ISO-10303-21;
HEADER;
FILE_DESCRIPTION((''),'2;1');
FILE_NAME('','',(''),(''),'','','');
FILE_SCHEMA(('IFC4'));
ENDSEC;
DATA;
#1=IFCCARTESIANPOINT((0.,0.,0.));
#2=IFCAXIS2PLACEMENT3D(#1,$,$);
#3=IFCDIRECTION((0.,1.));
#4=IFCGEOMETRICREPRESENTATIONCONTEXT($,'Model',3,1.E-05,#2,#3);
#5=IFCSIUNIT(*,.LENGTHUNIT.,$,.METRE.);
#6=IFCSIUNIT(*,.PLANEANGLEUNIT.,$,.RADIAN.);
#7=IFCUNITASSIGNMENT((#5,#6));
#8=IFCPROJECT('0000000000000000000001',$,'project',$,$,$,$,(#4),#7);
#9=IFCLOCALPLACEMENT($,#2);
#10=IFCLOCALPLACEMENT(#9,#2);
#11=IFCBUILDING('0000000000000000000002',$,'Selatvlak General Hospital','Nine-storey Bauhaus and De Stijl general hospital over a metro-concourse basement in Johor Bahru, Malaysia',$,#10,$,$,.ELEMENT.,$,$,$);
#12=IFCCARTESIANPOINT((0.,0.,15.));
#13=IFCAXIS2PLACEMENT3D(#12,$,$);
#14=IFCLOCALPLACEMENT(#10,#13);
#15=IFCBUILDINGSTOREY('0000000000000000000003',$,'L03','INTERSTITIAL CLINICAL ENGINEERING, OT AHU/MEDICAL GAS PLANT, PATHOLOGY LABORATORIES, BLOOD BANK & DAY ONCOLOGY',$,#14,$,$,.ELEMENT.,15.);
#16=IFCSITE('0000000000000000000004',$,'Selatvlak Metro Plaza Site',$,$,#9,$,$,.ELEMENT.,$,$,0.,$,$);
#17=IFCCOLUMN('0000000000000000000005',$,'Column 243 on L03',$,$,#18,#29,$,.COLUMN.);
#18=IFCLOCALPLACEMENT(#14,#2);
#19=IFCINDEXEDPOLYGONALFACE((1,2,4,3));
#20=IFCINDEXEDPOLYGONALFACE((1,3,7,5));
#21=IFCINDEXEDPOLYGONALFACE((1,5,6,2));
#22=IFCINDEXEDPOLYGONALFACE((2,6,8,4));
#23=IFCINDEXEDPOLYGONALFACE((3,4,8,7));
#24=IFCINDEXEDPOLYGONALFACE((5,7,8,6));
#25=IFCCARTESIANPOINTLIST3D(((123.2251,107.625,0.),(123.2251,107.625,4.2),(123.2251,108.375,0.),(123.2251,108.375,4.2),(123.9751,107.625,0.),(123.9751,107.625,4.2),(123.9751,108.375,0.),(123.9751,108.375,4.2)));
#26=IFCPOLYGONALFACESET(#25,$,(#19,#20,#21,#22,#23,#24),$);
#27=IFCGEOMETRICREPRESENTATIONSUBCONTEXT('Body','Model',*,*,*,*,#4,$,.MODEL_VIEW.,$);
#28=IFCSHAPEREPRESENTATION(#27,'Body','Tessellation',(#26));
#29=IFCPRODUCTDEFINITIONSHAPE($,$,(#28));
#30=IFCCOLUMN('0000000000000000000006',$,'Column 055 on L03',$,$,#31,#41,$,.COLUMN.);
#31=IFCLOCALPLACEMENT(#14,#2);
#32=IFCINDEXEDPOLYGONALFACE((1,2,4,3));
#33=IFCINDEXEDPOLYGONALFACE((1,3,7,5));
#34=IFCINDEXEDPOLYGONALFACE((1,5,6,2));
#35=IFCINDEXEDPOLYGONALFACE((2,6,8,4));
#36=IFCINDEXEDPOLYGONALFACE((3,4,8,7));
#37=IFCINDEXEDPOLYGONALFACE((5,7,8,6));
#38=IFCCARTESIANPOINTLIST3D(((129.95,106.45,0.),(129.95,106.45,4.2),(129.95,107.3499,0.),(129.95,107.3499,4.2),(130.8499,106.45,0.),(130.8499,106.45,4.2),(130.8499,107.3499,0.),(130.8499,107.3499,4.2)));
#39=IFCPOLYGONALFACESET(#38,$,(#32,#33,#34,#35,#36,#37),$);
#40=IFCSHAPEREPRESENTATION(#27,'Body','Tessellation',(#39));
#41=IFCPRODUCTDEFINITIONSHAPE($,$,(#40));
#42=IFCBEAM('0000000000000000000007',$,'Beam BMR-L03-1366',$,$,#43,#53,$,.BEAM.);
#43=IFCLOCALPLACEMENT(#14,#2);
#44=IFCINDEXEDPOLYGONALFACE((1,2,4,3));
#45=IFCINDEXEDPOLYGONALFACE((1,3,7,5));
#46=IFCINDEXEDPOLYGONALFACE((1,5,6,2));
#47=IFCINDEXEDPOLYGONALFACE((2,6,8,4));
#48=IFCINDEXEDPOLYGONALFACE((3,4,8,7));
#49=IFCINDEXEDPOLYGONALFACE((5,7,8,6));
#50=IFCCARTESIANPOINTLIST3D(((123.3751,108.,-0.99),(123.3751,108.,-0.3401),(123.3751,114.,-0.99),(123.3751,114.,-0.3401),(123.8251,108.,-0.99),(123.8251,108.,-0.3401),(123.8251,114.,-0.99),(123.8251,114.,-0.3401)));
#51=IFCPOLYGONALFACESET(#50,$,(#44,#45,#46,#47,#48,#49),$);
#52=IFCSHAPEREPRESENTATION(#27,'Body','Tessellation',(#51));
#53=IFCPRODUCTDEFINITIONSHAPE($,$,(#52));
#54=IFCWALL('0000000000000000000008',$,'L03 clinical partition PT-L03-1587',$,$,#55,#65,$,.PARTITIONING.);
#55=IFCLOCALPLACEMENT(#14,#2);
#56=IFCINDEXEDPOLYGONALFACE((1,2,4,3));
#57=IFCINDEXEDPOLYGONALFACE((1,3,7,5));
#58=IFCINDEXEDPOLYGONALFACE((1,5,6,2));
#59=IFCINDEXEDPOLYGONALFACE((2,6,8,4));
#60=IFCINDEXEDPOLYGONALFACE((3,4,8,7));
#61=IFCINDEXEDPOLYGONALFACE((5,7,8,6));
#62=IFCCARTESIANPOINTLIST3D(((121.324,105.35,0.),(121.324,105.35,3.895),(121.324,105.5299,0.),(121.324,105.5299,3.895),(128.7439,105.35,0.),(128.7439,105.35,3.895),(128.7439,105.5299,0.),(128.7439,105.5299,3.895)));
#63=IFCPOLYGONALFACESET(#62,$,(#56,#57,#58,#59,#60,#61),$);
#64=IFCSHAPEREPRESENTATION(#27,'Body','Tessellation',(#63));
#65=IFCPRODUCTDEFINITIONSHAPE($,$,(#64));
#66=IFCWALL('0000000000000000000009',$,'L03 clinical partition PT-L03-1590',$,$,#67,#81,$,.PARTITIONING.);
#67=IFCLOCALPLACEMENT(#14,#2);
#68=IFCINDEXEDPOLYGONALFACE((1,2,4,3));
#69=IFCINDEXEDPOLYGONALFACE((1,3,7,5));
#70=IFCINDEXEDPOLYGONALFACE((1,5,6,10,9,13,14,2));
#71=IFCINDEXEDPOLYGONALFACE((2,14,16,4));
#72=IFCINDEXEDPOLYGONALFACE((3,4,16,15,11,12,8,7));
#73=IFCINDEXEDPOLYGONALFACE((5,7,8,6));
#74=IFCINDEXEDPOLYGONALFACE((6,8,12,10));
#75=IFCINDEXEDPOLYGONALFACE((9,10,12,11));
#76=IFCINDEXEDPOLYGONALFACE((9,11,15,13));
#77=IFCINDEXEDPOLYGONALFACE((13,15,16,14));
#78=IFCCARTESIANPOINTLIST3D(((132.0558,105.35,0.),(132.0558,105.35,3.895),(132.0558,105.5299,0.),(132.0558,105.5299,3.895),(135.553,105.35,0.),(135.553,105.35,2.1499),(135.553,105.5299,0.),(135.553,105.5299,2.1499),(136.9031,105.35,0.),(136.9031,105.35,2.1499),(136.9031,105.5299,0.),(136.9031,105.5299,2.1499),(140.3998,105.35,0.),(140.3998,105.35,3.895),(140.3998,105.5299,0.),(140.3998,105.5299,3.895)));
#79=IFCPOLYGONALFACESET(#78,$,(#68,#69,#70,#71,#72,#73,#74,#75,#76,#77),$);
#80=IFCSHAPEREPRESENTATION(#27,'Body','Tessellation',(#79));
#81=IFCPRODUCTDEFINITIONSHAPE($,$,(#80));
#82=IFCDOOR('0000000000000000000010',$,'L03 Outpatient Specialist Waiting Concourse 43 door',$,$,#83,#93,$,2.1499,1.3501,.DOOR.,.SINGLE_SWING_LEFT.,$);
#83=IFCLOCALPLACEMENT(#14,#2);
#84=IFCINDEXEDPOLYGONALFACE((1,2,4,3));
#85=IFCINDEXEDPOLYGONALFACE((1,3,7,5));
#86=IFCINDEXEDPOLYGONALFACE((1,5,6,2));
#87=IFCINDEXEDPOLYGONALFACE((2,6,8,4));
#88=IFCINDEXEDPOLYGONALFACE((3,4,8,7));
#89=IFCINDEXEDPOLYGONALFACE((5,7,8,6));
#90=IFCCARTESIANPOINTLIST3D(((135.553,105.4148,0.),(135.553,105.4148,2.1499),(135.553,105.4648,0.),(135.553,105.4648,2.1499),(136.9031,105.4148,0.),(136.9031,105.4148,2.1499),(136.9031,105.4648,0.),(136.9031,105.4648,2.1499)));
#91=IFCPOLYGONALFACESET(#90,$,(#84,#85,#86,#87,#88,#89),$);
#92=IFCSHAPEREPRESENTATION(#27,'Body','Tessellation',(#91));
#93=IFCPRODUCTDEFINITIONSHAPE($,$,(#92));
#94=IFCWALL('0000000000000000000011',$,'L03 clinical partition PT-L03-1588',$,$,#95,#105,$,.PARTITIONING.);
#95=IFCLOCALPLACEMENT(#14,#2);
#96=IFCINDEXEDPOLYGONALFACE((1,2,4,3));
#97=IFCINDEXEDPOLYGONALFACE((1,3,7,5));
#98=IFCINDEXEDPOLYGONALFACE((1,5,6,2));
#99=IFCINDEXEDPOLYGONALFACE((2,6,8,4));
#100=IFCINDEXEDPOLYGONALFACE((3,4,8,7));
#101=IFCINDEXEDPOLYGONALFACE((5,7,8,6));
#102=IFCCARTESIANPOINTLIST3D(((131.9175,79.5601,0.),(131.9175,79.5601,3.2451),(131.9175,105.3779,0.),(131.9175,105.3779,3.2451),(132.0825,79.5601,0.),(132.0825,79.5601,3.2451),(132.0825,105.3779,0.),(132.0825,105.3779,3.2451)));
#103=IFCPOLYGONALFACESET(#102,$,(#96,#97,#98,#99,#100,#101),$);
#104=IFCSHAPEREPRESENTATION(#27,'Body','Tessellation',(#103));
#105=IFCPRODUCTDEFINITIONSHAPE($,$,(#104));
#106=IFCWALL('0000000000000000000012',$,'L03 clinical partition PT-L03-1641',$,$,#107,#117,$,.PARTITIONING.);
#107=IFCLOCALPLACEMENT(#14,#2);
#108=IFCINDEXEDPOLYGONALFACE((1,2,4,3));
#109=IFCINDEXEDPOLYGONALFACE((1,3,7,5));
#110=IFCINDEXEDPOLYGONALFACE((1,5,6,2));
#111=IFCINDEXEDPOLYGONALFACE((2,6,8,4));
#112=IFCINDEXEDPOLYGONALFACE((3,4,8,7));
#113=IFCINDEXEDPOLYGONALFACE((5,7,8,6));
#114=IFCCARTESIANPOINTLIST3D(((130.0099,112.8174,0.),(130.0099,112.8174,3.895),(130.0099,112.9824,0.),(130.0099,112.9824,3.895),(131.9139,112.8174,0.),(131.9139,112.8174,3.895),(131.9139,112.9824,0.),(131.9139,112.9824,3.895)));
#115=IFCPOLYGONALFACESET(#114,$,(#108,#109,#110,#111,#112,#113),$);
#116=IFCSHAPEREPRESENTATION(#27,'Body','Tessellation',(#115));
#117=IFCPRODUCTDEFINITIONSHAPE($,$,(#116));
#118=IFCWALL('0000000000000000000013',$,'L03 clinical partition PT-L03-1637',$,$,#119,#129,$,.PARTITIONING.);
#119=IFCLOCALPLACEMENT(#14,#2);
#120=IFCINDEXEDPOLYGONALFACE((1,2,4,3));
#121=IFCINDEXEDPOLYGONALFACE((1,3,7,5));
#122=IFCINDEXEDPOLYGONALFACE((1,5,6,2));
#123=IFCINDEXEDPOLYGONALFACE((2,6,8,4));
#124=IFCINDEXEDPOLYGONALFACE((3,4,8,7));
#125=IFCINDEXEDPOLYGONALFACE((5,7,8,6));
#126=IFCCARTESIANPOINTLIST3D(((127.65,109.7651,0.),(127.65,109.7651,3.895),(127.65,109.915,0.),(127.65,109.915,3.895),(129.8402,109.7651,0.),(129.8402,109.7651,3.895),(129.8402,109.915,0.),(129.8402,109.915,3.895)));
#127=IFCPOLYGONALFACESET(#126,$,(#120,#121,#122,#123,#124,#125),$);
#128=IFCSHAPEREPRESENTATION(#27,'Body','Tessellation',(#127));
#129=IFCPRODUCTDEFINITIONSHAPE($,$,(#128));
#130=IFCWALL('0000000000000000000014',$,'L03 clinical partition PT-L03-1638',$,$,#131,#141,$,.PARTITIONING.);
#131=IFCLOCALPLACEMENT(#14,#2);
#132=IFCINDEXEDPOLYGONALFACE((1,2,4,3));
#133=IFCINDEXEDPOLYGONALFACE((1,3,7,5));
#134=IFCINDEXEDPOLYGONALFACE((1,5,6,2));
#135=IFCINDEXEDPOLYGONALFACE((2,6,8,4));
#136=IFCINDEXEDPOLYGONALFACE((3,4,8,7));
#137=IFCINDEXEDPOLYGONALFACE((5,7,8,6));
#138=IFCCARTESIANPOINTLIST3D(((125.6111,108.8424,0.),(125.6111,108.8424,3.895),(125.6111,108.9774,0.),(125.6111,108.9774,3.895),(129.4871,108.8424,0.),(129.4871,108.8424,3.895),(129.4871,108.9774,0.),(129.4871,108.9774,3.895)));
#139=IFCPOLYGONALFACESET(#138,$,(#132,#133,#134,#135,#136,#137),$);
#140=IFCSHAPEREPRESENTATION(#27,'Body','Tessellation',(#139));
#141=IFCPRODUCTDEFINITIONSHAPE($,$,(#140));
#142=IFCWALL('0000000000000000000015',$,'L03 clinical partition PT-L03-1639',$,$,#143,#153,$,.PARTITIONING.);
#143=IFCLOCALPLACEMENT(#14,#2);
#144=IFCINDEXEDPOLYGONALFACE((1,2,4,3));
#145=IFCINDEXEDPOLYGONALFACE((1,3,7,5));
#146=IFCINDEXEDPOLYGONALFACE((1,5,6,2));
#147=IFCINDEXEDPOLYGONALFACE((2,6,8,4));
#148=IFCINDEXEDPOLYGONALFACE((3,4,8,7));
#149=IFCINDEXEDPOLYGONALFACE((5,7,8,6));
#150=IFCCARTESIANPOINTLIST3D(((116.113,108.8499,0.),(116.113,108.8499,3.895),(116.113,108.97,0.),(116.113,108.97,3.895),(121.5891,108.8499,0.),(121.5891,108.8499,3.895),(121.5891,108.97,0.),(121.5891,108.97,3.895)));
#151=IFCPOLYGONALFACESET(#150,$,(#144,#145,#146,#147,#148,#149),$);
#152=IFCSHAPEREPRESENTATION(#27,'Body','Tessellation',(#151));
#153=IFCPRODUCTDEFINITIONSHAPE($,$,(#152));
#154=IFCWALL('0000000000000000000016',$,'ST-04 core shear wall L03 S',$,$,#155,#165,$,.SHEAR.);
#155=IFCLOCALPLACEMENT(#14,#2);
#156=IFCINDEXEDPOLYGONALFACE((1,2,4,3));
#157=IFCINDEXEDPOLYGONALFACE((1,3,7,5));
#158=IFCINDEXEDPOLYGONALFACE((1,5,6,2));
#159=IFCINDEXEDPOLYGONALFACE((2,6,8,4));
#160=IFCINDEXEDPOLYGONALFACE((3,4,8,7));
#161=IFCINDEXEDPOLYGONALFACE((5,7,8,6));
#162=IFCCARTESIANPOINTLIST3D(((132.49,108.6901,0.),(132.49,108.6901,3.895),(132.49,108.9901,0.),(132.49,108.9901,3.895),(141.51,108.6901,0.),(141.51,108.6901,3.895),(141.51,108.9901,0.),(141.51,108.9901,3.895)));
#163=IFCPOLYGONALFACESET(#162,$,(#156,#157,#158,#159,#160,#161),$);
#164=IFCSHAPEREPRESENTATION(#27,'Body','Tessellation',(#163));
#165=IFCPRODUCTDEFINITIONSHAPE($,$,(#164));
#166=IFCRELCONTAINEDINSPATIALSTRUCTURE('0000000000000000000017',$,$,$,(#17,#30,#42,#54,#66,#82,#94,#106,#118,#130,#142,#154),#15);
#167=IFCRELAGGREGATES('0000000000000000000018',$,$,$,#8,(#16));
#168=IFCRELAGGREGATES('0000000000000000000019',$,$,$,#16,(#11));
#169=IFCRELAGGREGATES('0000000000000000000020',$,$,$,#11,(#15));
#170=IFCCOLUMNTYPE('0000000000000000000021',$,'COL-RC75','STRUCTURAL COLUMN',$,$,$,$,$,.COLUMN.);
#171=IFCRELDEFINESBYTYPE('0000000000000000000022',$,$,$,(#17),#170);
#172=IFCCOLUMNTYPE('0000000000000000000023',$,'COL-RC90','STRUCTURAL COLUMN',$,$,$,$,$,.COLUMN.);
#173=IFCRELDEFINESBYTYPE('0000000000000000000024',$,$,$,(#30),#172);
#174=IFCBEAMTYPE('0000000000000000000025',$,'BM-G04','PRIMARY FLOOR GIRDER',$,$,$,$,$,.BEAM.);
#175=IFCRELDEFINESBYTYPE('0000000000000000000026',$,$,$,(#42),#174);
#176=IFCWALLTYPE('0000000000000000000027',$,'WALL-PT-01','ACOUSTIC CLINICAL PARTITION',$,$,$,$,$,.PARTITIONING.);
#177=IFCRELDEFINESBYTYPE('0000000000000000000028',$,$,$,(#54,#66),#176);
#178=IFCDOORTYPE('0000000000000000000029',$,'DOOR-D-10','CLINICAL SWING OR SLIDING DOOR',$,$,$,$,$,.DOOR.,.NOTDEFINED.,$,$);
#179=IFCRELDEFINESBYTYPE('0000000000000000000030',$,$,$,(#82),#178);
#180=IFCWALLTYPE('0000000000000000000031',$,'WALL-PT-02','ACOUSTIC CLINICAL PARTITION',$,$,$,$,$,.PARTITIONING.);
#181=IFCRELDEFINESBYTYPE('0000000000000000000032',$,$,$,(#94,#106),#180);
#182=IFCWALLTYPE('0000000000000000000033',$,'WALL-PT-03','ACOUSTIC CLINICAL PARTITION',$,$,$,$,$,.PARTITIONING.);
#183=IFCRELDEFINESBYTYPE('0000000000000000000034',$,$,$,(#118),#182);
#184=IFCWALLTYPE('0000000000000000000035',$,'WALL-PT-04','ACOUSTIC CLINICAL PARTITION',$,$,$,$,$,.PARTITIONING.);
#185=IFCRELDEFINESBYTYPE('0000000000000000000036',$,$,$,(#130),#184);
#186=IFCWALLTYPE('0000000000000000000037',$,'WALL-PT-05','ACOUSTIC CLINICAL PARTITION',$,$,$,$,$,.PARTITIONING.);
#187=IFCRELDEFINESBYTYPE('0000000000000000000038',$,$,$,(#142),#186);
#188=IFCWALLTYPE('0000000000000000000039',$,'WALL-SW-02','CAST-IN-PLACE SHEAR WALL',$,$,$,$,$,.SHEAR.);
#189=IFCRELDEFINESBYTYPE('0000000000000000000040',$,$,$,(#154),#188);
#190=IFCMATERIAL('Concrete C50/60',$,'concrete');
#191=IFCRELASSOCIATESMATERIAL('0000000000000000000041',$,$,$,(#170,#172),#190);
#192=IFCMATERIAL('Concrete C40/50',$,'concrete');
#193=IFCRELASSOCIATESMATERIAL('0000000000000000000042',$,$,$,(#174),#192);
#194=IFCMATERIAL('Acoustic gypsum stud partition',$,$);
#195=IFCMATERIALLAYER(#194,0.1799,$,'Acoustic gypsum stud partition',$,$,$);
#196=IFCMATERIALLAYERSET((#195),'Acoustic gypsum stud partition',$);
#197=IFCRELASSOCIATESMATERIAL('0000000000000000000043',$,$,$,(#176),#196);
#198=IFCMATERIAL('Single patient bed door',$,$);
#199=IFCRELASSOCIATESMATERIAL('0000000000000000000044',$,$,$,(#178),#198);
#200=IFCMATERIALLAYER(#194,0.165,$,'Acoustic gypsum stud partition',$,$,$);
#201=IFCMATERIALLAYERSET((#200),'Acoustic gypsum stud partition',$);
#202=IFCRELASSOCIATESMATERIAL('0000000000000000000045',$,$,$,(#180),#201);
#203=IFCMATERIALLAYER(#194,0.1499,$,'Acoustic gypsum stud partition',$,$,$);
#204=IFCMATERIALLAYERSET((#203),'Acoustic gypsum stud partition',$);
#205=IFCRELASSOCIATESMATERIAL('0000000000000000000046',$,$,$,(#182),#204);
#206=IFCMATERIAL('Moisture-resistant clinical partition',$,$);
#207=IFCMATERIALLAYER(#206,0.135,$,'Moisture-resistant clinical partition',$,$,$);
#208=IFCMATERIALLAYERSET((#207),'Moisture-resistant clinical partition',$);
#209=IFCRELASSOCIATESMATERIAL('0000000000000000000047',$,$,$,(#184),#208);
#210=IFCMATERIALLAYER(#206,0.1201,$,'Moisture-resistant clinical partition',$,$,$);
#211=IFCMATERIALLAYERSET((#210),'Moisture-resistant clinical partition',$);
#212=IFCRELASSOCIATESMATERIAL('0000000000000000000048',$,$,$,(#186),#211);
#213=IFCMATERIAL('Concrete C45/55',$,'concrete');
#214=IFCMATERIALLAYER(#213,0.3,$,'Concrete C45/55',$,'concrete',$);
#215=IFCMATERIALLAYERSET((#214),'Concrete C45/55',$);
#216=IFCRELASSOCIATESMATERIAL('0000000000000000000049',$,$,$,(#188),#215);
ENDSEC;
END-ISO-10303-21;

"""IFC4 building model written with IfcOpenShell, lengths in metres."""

from ifc_helpers import new_model, si_unit, direction, frame, frame_2d, origin, origin_2d, place, context, subcontext, project, spatial, rectangle, extrude, material, layer, layer_set, material_profile, profile_set, type_object, element, fill, save


model = new_model("IFC4")

# Units and contexts
model_context = context("Model", 3, precision=1e-05, world=origin(), true_north=direction((0.0, 1.0)))
body_context = subcontext(model_context, "Body", "Model", "MODEL_VIEW")
ifc_project = project(units=[si_unit("LENGTHUNIT", "METRE"), si_unit("PLANEANGLEUNIT", "RADIAN")], contexts=[model_context])

# Site, building, storey
site_placement = place(None, origin())
site = spatial("IfcSite", under=ifc_project, at=site_placement, Name="Selatvlak Metro Plaza Site", CompositionType="ELEMENT", RefElevation=0.0)
building_placement = place(site_placement, origin())
building = spatial("IfcBuilding", under=site, at=building_placement, Name="Selatvlak General Hospital", Description="Nine-storey Bauhaus and De Stijl general hospital over a metro-concourse basement in Johor Bahru, Malaysia", CompositionType="ELEMENT")
storey_placement = place(building_placement, frame((0.0, 0.0, 15.0)))
storey = spatial("IfcBuildingStorey", under=building, at=storey_placement, Name="L03", Description="INTERSTITIAL CLINICAL ENGINEERING, OT AHU/MEDICAL GAS PLANT, PATHOLOGY LABORATORIES, BLOOD BANK & DAY ONCOLOGY", CompositionType="ELEMENT", Elevation=15.0)

# Columns
ifc_material_1 = material(Name="Concrete C50/60", Category="concrete")
ifc_material_profile_1 = material_profile(ifc_material_1, rectangle(XDim=0.75, YDim=0.75, at=origin_2d()), Name="RC-COL 750x750")
ifc_profile_set_1 = profile_set([ifc_material_profile_1], Name="Concrete C50/60")
column_type_1 = type_object("IfcColumnType", Name="COL-RC75", Description="STRUCTURAL COLUMN", PredefinedType="COLUMN", material=ifc_profile_set_1)
column_1_placement = place(storey_placement, frame((123.6001, 108.0, 0.0), z_axis=(0.0, 0.0, 1.0), x_axis=(1.0, 0.0, 0.0)))
element("IfcColumn", 1, at=column_1_placement, inside=storey, type_object=column_type_1, Name="Column 243 on L03", PredefinedType="COLUMN", context=body_context, shape_type="SweptSolid", body=[
    extrude(rectangle(XDim=0.75, YDim=0.75, at=origin_2d()), origin(), (0.0, 0.0, 1.0), 4.2),
])
ifc_material_profile_2 = material_profile(ifc_material_1, rectangle(XDim=0.8999, YDim=0.8999, at=origin_2d()), Name="RC-COL 900x900")
ifc_profile_set_2 = profile_set([ifc_material_profile_2], Name="Concrete C50/60")
column_type_2 = type_object("IfcColumnType", Name="COL-RC90", Description="STRUCTURAL COLUMN", PredefinedType="COLUMN", material=ifc_profile_set_2)
column_2_placement = place(storey_placement, frame((130.3999, 106.8999, 0.0), z_axis=(0.0, 0.0, 1.0), x_axis=(1.0, 0.0, 0.0)))
element("IfcColumn", 2, at=column_2_placement, inside=storey, type_object=column_type_2, Name="Column 055 on L03", PredefinedType="COLUMN", context=body_context, shape_type="SweptSolid", body=[
    extrude(rectangle(XDim=0.8999, YDim=0.8999, at=origin_2d()), origin(), (0.0, 0.0, 1.0), 4.2),
])

# Beam
ifc_material_2 = material(Name="Concrete C40/50", Category="concrete")
ifc_material_profile_3 = material_profile(ifc_material_2, rectangle(XDim=0.45, YDim=0.6499, at=origin_2d()), Name="RC-BM 450x650")
ifc_profile_set_3 = profile_set([ifc_material_profile_3], Name="Concrete C40/50")
beam_type = type_object("IfcBeamType", Name="BM-G04", Description="PRIMARY FLOOR GIRDER", PredefinedType="BEAM", material=ifc_profile_set_3)
beam_placement = place(storey_placement, frame((123.6001, 108.0, -0.665), z_axis=(0.0, 1.0, 0.0), x_axis=(-1.0, 0.0, 0.0)))
element("IfcBeam", 3, at=beam_placement, inside=storey, type_object=beam_type, Name="Beam BMR-L03-1366", PredefinedType="BEAM", context=body_context, shape_type="SweptSolid", body=[
    extrude(rectangle(XDim=0.45, YDim=0.6499, at=origin_2d()), origin(), (0.0, 0.0, 1.0), 6.0),
])

# Wall
ifc_material_3 = material(Name="Acoustic gypsum stud partition")
ifc_layer_1 = layer(ifc_material_3, 0.1799, Name="Acoustic gypsum stud partition")
ifc_layer_set_1 = layer_set([ifc_layer_1], Name="Acoustic gypsum stud partition")
wall_type_1 = type_object("IfcWallType", Name="WALL-PT-01", Description="ACOUSTIC CLINICAL PARTITION", PredefinedType="PARTITIONING", material=ifc_layer_set_1)
wall_1_placement = place(storey_placement, frame((121.324, 105.4399, 0.0), z_axis=(0.0, 0.0, 1.0), x_axis=(1.0, 0.0, 0.0)))
element("IfcWall", 4, at=wall_1_placement, inside=storey, type_object=wall_type_1, Name="L03 clinical partition PT-L03-1587", PredefinedType="PARTITIONING", context=body_context, shape_type="SweptSolid", body=[
    extrude(rectangle(XDim=7.4199, YDim=0.1799, at=frame_2d((3.71, 0.0))), origin(), (0.0, 0.0, 1.0), 3.895),
])

# Wall, opening, door
wall_2_placement = place(storey_placement, frame((132.0559, 105.4399, 0.0), z_axis=(0.0, 0.0, 1.0), x_axis=(1.0, 0.0, 0.0)))
wall_2 = element("IfcWall", 5, at=wall_2_placement, inside=storey, type_object=wall_type_1, Name="L03 clinical partition PT-L03-1590", PredefinedType="PARTITIONING", context=body_context, shape_type="SweptSolid", body=[
    extrude(rectangle(XDim=8.344, YDim=0.1799, at=frame_2d((4.1719, 0.0))), origin(), (0.0, 0.0, 1.0), 3.895),
])
opening_1_placement = place(wall_2_placement, frame((3.4971, 0.0, 0.0)))
opening_1 = element("IfcOpeningElement", 6, at=opening_1_placement, cuts=wall_2, PredefinedType="OPENING", context=body_context, shape_type="SweptSolid", body=[
    extrude(rectangle(XDim=1.3501, YDim=2.1499, at=frame_2d((0.675, 1.075))), frame((0.0, 0.0999, 0.0), z_axis=(0.0, -1.0, 0.0), x_axis=(1.0, 0.0, 0.0)), (0.0, 0.0, 1.0), 0.2),
])
ifc_material_4 = material(Name="Single patient bed door")
door_type_1 = type_object("IfcDoorType", Name="DOOR-D-10", Description="CLINICAL SWING OR SLIDING DOOR", OperationType="NOTDEFINED", PredefinedType="DOOR", material=ifc_material_4)
door_1_placement = place(opening_1_placement, origin())
door_1 = element("IfcDoor", 7, at=door_1_placement, inside=storey, type_object=door_type_1, Name="L03 Outpatient Specialist Waiting Concourse 43 door", OperationType="SINGLE_SWING_LEFT", OverallHeight=2.1499, OverallWidth=1.3501, PredefinedType="DOOR", context=body_context, shape_type="SweptSolid", body=[
    extrude(rectangle(XDim=1.3501, YDim=2.1499, at=frame_2d((0.675, 1.075))), frame((0.0, 0.0249, 0.0), z_axis=(0.0, -1.0, 0.0), x_axis=(1.0, 0.0, 0.0)), (0.0, 0.0, 1.0), 0.05),
])
fill(opening_1, door_1)

# Wall
ifc_layer_2 = layer(ifc_material_3, 0.165, Name="Acoustic gypsum stud partition")
ifc_layer_set_2 = layer_set([ifc_layer_2], Name="Acoustic gypsum stud partition")
wall_type_2 = type_object("IfcWallType", Name="WALL-PT-02", Description="ACOUSTIC CLINICAL PARTITION", PredefinedType="PARTITIONING", material=ifc_layer_set_2)
wall_3_placement = place(storey_placement, frame((132.0, 105.3779, 0.0), z_axis=(0.0, 0.0, 1.0), x_axis=(0.0, -1.0, 0.0)))
element("IfcWall", 8, at=wall_3_placement, inside=storey, type_object=wall_type_2, Name="L03 clinical partition PT-L03-1588", PredefinedType="PARTITIONING", context=body_context, shape_type="SweptSolid", body=[
    extrude(rectangle(XDim=25.8179, YDim=0.165, at=frame_2d((12.9089, 0.0))), origin(), (0.0, 0.0, 1.0), 3.2451),
])

# Walls
wall_4_placement = place(storey_placement, frame((131.9141, 112.8999, 0.0), z_axis=(0.0, 0.0, 1.0), x_axis=(-1.0, 0.0, 0.0)))
element("IfcWall", 9, at=wall_4_placement, inside=storey, type_object=wall_type_2, Name="L03 clinical partition PT-L03-1641", PredefinedType="PARTITIONING", context=body_context, shape_type="SweptSolid", body=[
    extrude(rectangle(XDim=1.9041, YDim=0.165, at=frame_2d((0.9521, 0.0))), origin(), (0.0, 0.0, 1.0), 3.895),
])
ifc_layer_3 = layer(ifc_material_3, 0.1499, Name="Acoustic gypsum stud partition")
ifc_layer_set_3 = layer_set([ifc_layer_3], Name="Acoustic gypsum stud partition")
wall_type_3 = type_object("IfcWallType", Name="WALL-PT-03", Description="ACOUSTIC CLINICAL PARTITION", PredefinedType="PARTITIONING", material=ifc_layer_set_3)
wall_5_placement = place(storey_placement, frame((127.6499, 109.8401, 0.0), z_axis=(0.0, 0.0, 1.0), x_axis=(1.0, 0.0, 0.0)))
element("IfcWall", 10, at=wall_5_placement, inside=storey, type_object=wall_type_3, Name="L03 clinical partition PT-L03-1637", PredefinedType="PARTITIONING", context=body_context, shape_type="SweptSolid", body=[
    extrude(rectangle(XDim=2.1902, YDim=0.1499, at=frame_2d((1.0952, 0.0))), origin(), (0.0, 0.0, 1.0), 3.895),
])
ifc_material_5 = material(Name="Moisture-resistant clinical partition")
ifc_layer_4 = layer(ifc_material_5, 0.135, Name="Moisture-resistant clinical partition")
ifc_layer_set_4 = layer_set([ifc_layer_4], Name="Moisture-resistant clinical partition")
wall_type_4 = type_object("IfcWallType", Name="WALL-PT-04", Description="ACOUSTIC CLINICAL PARTITION", PredefinedType="PARTITIONING", material=ifc_layer_set_4)
wall_6_placement = place(storey_placement, frame((129.4871, 108.9099, 0.0), z_axis=(0.0, 0.0, 1.0), x_axis=(-1.0, 0.0, 0.0)))
element("IfcWall", 11, at=wall_6_placement, inside=storey, type_object=wall_type_4, Name="L03 clinical partition PT-L03-1638", PredefinedType="PARTITIONING", context=body_context, shape_type="SweptSolid", body=[
    extrude(rectangle(XDim=3.876, YDim=0.135, at=frame_2d((1.938, 0.0))), origin(), (0.0, 0.0, 1.0), 3.895),
])
ifc_layer_5 = layer(ifc_material_5, 0.1201, Name="Moisture-resistant clinical partition")
ifc_layer_set_5 = layer_set([ifc_layer_5], Name="Moisture-resistant clinical partition")
wall_type_5 = type_object("IfcWallType", Name="WALL-PT-05", Description="ACOUSTIC CLINICAL PARTITION", PredefinedType="PARTITIONING", material=ifc_layer_set_5)
wall_7_placement = place(storey_placement, frame((121.5891, 108.9099, 0.0), z_axis=(0.0, 0.0, 1.0), x_axis=(-1.0, 0.0, 0.0)))
element("IfcWall", 12, at=wall_7_placement, inside=storey, type_object=wall_type_5, Name="L03 clinical partition PT-L03-1639", PredefinedType="PARTITIONING", context=body_context, shape_type="SweptSolid", body=[
    extrude(rectangle(XDim=5.4761, YDim=0.1201, at=frame_2d((2.738, 0.0))), origin(), (0.0, 0.0, 1.0), 3.895),
])
ifc_material_6 = material(Name="Concrete C45/55", Category="concrete")
ifc_layer_6 = layer(ifc_material_6, 0.3, Name="Concrete C45/55", Category="concrete")
ifc_layer_set_6 = layer_set([ifc_layer_6], Name="Concrete C45/55")
wall_type_6 = type_object("IfcWallType", Name="WALL-SW-02", Description="CAST-IN-PLACE SHEAR WALL", PredefinedType="SHEAR", material=ifc_layer_set_6)
wall_8_placement = place(storey_placement, frame((132.49, 108.8401, 0.0), z_axis=(0.0, 0.0, 1.0), x_axis=(1.0, 0.0, 0.0)))
element("IfcWall", 13, at=wall_8_placement, inside=storey, type_object=wall_type_6, Name="ST-04 core shear wall L03 S", PredefinedType="SHEAR", context=body_context, shape_type="SweptSolid", body=[
    extrude(rectangle(XDim=9.02, YDim=0.3, at=frame_2d((4.51, 0.0))), origin(), (0.0, 0.0, 1.0), 3.895),
])

save(model, "model.ifc")
